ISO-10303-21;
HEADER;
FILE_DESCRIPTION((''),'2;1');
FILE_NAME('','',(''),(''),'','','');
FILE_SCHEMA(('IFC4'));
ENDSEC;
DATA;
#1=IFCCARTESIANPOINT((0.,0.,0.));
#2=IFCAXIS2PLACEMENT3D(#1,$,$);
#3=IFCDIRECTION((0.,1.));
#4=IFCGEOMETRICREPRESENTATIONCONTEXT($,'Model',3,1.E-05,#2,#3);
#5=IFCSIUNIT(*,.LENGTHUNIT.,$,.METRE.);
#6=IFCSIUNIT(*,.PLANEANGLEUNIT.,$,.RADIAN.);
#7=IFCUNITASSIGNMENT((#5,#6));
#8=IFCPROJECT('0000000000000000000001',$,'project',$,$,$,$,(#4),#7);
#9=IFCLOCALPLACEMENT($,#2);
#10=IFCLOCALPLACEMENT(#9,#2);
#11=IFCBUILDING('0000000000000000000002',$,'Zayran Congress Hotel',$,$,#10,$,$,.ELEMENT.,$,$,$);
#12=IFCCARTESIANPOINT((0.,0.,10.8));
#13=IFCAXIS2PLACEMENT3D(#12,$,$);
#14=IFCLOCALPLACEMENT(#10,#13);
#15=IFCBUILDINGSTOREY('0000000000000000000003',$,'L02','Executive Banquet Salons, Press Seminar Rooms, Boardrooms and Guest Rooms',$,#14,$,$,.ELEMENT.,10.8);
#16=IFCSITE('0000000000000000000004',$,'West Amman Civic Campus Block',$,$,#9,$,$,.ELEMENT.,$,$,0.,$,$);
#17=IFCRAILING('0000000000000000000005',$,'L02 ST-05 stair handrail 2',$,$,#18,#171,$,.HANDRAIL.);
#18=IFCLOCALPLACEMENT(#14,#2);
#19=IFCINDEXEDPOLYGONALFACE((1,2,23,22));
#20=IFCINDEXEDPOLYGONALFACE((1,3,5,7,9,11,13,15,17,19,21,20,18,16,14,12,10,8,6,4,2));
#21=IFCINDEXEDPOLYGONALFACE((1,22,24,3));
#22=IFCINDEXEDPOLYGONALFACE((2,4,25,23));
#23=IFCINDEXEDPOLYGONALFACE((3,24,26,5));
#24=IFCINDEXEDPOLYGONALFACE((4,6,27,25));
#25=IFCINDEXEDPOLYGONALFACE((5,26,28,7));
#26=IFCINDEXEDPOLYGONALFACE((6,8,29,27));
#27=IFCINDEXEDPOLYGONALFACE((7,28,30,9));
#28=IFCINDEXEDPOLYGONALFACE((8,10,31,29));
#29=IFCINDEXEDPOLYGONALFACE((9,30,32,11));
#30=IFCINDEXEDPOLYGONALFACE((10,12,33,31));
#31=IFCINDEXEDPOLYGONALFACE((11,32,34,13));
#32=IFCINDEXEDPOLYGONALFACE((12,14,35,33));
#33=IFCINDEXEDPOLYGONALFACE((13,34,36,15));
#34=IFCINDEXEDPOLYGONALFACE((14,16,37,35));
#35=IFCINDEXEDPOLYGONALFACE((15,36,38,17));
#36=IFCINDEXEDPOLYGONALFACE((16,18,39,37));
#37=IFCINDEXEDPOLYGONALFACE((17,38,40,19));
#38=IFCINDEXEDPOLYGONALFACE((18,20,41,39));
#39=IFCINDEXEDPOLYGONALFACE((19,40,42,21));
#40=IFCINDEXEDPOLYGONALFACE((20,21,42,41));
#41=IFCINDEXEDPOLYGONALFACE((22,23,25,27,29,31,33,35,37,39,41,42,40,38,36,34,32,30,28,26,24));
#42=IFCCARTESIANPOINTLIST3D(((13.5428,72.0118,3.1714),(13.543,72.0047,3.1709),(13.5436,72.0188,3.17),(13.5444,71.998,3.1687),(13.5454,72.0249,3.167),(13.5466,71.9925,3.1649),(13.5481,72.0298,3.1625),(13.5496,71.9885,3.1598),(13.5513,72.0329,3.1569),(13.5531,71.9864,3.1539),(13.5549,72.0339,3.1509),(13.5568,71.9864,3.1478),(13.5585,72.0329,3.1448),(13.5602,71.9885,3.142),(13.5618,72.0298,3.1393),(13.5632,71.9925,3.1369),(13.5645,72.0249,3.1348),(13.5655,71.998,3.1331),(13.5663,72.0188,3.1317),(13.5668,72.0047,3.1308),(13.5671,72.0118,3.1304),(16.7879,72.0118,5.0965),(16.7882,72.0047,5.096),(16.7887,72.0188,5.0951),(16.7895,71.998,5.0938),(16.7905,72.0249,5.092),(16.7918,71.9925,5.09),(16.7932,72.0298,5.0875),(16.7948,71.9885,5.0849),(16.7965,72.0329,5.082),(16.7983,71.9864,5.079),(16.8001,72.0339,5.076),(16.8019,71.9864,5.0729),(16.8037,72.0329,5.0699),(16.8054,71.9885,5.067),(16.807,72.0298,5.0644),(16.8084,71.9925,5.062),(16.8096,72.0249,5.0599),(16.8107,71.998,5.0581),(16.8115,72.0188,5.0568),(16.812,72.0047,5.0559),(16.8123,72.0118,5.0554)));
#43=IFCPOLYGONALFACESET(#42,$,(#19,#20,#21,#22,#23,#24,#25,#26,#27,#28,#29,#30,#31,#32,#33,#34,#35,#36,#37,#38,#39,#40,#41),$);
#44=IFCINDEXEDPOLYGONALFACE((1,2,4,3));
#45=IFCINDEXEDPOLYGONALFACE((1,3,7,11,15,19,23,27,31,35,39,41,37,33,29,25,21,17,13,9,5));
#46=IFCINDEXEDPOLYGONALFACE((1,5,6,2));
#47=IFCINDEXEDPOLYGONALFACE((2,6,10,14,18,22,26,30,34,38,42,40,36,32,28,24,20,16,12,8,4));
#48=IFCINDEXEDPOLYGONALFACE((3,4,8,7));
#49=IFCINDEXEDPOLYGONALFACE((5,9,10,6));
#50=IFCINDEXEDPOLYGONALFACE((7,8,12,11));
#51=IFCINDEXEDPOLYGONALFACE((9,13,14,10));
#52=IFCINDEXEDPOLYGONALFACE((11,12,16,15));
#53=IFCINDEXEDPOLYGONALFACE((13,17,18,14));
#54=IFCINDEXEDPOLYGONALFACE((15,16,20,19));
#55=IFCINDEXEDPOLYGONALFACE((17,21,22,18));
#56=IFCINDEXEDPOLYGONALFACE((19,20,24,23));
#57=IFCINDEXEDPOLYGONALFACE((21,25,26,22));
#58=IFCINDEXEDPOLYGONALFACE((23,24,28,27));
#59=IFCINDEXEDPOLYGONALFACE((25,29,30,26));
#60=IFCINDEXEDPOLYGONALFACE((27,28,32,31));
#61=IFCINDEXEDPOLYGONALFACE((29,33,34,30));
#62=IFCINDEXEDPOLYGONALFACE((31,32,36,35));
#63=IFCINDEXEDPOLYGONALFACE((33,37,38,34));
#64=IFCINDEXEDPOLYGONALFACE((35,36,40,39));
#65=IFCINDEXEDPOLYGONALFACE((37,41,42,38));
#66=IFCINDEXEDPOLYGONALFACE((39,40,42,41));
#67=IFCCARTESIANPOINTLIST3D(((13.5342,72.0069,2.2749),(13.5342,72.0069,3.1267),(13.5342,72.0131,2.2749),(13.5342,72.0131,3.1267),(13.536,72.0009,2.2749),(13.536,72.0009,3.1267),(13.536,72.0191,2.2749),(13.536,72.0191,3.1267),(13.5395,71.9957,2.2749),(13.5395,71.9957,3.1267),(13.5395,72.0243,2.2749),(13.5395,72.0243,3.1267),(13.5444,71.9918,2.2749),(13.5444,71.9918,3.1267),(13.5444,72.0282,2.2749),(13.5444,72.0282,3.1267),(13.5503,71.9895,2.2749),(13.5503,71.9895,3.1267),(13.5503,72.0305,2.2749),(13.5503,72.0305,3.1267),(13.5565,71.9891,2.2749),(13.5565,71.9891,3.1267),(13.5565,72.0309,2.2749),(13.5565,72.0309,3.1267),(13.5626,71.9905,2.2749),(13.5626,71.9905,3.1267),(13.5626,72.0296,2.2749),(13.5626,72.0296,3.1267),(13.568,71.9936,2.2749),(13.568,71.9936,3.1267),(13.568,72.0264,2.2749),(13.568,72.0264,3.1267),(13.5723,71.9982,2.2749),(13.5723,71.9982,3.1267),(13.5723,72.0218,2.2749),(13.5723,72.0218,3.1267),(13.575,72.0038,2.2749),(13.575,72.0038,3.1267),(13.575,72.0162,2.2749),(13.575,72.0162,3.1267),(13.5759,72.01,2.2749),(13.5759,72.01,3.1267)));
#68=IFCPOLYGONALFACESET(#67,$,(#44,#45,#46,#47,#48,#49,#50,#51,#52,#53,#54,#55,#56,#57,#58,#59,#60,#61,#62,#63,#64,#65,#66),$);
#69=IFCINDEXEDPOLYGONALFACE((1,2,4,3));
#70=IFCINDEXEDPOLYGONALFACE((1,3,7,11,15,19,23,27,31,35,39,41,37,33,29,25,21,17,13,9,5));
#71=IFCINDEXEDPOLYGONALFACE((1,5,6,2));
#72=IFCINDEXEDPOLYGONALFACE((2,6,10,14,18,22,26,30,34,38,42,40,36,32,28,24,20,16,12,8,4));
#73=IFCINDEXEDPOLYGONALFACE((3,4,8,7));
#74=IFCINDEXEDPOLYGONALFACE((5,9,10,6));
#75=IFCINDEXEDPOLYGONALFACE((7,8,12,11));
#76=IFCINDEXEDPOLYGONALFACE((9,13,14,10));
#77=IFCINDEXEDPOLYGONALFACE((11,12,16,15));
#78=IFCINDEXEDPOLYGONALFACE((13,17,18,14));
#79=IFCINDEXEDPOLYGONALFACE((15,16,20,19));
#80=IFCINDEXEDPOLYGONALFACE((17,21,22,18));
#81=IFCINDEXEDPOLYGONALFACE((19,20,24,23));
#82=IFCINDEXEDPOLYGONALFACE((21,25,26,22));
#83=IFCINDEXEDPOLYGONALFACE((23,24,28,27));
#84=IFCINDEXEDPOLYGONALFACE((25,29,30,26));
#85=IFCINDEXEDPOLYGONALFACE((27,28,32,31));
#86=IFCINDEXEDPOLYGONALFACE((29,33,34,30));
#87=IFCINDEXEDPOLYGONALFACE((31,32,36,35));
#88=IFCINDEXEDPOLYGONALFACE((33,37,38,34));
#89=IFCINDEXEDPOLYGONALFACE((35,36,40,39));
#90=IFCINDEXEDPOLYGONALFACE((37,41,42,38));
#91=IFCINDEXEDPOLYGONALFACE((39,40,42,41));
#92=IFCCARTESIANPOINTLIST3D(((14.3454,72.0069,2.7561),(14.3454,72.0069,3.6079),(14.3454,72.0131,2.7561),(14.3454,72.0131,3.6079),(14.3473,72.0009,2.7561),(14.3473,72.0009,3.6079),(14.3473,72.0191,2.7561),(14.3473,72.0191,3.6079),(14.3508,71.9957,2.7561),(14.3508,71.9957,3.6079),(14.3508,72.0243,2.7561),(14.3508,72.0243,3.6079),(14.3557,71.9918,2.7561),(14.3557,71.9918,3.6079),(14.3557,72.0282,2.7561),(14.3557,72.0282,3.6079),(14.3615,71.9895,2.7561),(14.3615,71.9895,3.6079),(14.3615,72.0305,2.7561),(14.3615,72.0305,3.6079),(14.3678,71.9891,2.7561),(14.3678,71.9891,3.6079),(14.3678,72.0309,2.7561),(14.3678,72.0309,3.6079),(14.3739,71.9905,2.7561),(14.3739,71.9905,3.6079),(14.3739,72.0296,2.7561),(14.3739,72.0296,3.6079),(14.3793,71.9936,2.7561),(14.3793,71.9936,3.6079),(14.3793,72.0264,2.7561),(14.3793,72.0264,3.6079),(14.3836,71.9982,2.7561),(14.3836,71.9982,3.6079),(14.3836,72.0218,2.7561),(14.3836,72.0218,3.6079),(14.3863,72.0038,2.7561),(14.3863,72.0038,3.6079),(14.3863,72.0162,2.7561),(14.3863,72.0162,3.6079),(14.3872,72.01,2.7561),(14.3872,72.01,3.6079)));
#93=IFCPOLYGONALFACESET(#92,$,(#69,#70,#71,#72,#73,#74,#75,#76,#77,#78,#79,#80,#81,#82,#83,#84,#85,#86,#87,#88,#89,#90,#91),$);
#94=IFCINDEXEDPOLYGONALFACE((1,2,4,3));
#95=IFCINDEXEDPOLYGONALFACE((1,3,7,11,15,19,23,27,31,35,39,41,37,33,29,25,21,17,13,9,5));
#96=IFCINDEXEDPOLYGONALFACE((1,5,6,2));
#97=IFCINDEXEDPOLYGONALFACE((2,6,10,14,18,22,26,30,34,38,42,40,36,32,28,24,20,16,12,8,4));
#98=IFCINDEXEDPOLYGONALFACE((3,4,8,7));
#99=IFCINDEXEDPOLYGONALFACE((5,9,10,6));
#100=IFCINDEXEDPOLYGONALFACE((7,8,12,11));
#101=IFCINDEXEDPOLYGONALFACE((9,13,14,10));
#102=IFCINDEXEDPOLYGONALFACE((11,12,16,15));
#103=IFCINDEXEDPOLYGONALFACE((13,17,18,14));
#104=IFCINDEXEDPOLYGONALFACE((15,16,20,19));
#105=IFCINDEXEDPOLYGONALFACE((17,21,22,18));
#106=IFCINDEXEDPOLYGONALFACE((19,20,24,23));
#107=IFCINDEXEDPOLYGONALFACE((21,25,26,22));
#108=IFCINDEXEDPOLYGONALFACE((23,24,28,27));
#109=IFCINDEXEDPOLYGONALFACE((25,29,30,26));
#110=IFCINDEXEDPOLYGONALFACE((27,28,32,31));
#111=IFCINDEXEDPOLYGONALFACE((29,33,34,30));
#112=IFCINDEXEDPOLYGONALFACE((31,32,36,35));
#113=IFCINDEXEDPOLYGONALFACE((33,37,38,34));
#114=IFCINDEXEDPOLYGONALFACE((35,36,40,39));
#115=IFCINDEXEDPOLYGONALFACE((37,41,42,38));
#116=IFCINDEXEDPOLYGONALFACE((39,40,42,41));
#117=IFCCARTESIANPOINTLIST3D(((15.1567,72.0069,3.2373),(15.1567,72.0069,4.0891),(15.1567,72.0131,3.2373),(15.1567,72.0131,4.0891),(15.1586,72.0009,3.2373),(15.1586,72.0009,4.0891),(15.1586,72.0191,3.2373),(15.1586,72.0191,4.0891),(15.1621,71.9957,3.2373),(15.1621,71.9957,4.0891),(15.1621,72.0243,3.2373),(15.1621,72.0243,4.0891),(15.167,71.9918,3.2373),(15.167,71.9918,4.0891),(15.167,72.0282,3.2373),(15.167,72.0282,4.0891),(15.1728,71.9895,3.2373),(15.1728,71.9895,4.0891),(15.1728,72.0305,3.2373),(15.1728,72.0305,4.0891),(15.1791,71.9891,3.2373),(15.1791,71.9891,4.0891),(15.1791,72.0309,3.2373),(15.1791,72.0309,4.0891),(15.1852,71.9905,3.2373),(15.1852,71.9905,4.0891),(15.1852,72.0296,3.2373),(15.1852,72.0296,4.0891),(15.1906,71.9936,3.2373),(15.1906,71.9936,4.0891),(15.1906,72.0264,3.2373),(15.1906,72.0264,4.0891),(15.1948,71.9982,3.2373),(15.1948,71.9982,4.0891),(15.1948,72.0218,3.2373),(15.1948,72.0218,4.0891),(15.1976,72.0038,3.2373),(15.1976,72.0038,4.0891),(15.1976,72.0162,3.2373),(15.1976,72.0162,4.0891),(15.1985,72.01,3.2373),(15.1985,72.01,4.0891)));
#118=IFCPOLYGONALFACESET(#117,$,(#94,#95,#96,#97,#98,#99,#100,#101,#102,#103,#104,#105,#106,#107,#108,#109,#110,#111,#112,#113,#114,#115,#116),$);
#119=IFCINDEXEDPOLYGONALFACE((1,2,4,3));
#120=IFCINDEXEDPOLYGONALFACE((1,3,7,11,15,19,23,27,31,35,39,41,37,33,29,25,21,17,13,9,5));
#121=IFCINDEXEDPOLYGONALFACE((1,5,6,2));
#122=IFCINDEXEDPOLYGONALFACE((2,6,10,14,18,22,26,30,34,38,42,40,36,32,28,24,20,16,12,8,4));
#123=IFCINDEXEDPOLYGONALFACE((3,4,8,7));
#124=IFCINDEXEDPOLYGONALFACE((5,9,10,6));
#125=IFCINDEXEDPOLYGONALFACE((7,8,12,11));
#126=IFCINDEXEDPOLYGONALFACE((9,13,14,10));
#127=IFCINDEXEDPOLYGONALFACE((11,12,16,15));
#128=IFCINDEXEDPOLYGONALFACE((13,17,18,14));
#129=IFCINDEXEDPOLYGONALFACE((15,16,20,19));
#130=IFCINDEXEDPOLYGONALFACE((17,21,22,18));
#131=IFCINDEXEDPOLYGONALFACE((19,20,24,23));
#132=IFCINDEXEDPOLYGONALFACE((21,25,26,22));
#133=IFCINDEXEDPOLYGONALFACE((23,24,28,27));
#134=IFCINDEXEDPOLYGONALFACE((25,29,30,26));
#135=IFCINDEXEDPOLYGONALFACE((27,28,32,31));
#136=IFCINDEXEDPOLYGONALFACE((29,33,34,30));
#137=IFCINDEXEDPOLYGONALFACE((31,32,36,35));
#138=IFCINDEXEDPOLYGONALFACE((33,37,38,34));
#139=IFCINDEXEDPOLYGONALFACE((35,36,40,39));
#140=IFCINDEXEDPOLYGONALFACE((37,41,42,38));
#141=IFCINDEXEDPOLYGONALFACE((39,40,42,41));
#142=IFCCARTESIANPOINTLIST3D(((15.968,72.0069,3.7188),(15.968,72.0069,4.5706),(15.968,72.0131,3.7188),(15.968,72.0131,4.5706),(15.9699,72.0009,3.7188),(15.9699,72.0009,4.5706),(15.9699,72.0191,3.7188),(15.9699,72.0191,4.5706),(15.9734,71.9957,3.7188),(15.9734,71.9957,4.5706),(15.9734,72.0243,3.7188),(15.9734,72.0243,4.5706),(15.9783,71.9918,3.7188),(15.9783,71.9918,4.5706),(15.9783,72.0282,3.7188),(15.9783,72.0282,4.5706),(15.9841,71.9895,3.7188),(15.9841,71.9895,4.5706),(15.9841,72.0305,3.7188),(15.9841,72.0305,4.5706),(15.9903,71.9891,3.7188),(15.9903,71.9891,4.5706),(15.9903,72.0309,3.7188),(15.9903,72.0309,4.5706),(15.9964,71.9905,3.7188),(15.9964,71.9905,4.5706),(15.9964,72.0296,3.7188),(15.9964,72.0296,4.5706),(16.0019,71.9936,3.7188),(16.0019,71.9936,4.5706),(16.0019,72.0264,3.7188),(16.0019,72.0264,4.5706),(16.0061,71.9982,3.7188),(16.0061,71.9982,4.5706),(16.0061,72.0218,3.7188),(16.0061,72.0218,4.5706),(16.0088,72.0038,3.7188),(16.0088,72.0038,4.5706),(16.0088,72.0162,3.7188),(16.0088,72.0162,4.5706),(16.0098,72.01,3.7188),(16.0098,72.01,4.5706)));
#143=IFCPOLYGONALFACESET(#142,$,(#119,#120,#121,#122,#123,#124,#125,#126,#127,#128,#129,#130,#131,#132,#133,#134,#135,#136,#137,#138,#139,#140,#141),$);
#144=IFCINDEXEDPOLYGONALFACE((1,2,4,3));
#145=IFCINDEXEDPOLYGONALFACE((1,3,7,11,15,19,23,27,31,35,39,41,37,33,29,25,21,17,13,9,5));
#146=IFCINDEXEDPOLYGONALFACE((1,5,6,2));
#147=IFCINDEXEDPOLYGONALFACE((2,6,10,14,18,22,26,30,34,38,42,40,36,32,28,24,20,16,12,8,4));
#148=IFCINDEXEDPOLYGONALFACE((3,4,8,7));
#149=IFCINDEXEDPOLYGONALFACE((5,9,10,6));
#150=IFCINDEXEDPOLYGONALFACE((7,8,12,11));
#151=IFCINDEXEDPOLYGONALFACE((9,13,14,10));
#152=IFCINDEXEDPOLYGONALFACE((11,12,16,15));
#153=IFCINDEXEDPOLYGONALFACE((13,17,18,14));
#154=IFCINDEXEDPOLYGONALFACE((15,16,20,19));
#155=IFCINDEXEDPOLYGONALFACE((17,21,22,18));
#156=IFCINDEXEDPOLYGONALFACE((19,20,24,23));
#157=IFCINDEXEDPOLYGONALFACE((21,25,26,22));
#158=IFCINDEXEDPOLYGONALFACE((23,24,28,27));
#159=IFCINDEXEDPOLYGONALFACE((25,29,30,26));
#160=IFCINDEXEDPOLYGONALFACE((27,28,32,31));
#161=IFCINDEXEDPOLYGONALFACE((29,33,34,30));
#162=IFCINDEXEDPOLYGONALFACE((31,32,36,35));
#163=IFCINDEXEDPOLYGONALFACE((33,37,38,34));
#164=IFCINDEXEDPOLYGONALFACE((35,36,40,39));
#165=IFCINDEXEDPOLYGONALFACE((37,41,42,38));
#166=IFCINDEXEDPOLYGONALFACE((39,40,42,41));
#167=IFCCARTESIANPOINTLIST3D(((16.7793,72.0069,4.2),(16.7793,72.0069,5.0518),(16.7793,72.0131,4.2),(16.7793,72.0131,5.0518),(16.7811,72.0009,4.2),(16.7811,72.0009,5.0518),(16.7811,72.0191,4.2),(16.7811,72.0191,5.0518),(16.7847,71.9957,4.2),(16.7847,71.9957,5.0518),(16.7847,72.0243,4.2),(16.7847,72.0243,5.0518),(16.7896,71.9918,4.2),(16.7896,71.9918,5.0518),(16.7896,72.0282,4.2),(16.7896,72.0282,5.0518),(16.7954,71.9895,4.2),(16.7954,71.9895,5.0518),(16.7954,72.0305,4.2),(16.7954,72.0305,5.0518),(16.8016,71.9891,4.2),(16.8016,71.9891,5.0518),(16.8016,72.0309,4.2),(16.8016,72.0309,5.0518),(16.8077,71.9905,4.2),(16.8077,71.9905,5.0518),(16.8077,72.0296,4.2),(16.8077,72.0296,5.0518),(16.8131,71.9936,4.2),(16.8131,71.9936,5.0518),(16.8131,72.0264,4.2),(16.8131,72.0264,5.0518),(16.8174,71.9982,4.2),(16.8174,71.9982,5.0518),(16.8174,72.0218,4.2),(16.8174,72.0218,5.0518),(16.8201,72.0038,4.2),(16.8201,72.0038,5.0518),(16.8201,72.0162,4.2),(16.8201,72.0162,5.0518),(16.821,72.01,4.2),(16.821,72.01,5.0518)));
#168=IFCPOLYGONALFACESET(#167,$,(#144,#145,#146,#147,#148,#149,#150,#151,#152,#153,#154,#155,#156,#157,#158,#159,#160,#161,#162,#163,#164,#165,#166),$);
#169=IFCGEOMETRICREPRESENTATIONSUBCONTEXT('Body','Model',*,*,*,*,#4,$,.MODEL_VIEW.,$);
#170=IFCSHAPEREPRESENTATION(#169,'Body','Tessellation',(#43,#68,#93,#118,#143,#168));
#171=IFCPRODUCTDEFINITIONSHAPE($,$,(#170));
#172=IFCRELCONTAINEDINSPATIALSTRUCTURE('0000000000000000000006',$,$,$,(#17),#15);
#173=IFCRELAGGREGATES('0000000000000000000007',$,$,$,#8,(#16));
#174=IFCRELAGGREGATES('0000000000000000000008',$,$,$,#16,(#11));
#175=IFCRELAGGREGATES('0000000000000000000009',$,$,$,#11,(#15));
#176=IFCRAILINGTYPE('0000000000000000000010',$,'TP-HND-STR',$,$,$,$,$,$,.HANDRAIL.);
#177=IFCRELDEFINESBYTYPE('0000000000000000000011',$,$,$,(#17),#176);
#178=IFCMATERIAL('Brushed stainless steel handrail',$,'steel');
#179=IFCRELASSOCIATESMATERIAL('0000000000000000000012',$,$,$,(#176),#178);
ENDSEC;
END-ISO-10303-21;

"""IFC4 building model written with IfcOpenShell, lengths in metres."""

from ifc_helpers import new_model, si_unit, direction, frame, origin, origin_2d, place, context, subcontext, project, spatial, circle, extrude, material, type_object, element, save


model = new_model("IFC4")

# Units and contexts
model_context = context("Model", 3, precision=1e-05, world=origin(), true_north=direction((0.0, 1.0)))
body_context = subcontext(model_context, "Body", "Model", "MODEL_VIEW")
ifc_project = project(units=[si_unit("LENGTHUNIT", "METRE"), si_unit("PLANEANGLEUNIT", "RADIAN")], contexts=[model_context])

# Site, building, storey
site_placement = place(None, origin())
site = spatial("IfcSite", under=ifc_project, at=site_placement, Name="West Amman Civic Campus Block", CompositionType="ELEMENT", RefElevation=0.0)
building_placement = place(site_placement, origin())
building = spatial("IfcBuilding", under=site, at=building_placement, Name="Zayran Congress Hotel", CompositionType="ELEMENT")
storey_placement = place(building_placement, frame((0.0, 0.0, 10.8)))
storey = spatial("IfcBuildingStorey", under=building, at=storey_placement, Name="L02", Description="Executive Banquet Salons, Press Seminar Rooms, Boardrooms and Guest Rooms", CompositionType="ELEMENT", Elevation=10.8)

# Railing
ifc_material_1 = material(Name="Brushed stainless steel handrail", Category="steel")
railing_type = type_object("IfcRailingType", Name="TP-HND-STR", PredefinedType="HANDRAIL", material=ifc_material_1)
railing_placement = place(storey_placement, frame((13.5549, 72.01, 2.2749)))
element("IfcRailing", 1, at=railing_placement, inside=storey, type_object=railing_type, Name="L02 ST-05 stair handrail 2", PredefinedType="HANDRAIL", context=body_context, shape_type="SweptSolid", body=[
    extrude(circle(Radius=0.0239, at=origin_2d()), frame((0.0, 0.0, 0.876), z_axis=(0.860057, 0.0, 0.510198), x_axis=(0.0, 1.0, 0.0)), (0.0, 0.0, 1.0), 3.7732),
    extrude(circle(Radius=0.021, at=origin_2d()), origin(), (0.0, 0.0, 1.0), 0.8518),
    extrude(circle(Radius=0.021, at=origin_2d()), frame((0.8113, 0.0, 0.4812)), (0.0, 0.0, 1.0), 0.8518),
    extrude(circle(Radius=0.021, at=origin_2d()), frame((1.6226, 0.0, 0.9624)), (0.0, 0.0, 1.0), 0.8518),
    extrude(circle(Radius=0.021, at=origin_2d()), frame((2.4338, 0.0, 1.4438)), (0.0, 0.0, 1.0), 0.8518),
    extrude(circle(Radius=0.021, at=origin_2d()), frame((3.2451, 0.0, 1.925)), (0.0, 0.0, 1.0), 0.8518),
])

save(model, "model.ifc")
